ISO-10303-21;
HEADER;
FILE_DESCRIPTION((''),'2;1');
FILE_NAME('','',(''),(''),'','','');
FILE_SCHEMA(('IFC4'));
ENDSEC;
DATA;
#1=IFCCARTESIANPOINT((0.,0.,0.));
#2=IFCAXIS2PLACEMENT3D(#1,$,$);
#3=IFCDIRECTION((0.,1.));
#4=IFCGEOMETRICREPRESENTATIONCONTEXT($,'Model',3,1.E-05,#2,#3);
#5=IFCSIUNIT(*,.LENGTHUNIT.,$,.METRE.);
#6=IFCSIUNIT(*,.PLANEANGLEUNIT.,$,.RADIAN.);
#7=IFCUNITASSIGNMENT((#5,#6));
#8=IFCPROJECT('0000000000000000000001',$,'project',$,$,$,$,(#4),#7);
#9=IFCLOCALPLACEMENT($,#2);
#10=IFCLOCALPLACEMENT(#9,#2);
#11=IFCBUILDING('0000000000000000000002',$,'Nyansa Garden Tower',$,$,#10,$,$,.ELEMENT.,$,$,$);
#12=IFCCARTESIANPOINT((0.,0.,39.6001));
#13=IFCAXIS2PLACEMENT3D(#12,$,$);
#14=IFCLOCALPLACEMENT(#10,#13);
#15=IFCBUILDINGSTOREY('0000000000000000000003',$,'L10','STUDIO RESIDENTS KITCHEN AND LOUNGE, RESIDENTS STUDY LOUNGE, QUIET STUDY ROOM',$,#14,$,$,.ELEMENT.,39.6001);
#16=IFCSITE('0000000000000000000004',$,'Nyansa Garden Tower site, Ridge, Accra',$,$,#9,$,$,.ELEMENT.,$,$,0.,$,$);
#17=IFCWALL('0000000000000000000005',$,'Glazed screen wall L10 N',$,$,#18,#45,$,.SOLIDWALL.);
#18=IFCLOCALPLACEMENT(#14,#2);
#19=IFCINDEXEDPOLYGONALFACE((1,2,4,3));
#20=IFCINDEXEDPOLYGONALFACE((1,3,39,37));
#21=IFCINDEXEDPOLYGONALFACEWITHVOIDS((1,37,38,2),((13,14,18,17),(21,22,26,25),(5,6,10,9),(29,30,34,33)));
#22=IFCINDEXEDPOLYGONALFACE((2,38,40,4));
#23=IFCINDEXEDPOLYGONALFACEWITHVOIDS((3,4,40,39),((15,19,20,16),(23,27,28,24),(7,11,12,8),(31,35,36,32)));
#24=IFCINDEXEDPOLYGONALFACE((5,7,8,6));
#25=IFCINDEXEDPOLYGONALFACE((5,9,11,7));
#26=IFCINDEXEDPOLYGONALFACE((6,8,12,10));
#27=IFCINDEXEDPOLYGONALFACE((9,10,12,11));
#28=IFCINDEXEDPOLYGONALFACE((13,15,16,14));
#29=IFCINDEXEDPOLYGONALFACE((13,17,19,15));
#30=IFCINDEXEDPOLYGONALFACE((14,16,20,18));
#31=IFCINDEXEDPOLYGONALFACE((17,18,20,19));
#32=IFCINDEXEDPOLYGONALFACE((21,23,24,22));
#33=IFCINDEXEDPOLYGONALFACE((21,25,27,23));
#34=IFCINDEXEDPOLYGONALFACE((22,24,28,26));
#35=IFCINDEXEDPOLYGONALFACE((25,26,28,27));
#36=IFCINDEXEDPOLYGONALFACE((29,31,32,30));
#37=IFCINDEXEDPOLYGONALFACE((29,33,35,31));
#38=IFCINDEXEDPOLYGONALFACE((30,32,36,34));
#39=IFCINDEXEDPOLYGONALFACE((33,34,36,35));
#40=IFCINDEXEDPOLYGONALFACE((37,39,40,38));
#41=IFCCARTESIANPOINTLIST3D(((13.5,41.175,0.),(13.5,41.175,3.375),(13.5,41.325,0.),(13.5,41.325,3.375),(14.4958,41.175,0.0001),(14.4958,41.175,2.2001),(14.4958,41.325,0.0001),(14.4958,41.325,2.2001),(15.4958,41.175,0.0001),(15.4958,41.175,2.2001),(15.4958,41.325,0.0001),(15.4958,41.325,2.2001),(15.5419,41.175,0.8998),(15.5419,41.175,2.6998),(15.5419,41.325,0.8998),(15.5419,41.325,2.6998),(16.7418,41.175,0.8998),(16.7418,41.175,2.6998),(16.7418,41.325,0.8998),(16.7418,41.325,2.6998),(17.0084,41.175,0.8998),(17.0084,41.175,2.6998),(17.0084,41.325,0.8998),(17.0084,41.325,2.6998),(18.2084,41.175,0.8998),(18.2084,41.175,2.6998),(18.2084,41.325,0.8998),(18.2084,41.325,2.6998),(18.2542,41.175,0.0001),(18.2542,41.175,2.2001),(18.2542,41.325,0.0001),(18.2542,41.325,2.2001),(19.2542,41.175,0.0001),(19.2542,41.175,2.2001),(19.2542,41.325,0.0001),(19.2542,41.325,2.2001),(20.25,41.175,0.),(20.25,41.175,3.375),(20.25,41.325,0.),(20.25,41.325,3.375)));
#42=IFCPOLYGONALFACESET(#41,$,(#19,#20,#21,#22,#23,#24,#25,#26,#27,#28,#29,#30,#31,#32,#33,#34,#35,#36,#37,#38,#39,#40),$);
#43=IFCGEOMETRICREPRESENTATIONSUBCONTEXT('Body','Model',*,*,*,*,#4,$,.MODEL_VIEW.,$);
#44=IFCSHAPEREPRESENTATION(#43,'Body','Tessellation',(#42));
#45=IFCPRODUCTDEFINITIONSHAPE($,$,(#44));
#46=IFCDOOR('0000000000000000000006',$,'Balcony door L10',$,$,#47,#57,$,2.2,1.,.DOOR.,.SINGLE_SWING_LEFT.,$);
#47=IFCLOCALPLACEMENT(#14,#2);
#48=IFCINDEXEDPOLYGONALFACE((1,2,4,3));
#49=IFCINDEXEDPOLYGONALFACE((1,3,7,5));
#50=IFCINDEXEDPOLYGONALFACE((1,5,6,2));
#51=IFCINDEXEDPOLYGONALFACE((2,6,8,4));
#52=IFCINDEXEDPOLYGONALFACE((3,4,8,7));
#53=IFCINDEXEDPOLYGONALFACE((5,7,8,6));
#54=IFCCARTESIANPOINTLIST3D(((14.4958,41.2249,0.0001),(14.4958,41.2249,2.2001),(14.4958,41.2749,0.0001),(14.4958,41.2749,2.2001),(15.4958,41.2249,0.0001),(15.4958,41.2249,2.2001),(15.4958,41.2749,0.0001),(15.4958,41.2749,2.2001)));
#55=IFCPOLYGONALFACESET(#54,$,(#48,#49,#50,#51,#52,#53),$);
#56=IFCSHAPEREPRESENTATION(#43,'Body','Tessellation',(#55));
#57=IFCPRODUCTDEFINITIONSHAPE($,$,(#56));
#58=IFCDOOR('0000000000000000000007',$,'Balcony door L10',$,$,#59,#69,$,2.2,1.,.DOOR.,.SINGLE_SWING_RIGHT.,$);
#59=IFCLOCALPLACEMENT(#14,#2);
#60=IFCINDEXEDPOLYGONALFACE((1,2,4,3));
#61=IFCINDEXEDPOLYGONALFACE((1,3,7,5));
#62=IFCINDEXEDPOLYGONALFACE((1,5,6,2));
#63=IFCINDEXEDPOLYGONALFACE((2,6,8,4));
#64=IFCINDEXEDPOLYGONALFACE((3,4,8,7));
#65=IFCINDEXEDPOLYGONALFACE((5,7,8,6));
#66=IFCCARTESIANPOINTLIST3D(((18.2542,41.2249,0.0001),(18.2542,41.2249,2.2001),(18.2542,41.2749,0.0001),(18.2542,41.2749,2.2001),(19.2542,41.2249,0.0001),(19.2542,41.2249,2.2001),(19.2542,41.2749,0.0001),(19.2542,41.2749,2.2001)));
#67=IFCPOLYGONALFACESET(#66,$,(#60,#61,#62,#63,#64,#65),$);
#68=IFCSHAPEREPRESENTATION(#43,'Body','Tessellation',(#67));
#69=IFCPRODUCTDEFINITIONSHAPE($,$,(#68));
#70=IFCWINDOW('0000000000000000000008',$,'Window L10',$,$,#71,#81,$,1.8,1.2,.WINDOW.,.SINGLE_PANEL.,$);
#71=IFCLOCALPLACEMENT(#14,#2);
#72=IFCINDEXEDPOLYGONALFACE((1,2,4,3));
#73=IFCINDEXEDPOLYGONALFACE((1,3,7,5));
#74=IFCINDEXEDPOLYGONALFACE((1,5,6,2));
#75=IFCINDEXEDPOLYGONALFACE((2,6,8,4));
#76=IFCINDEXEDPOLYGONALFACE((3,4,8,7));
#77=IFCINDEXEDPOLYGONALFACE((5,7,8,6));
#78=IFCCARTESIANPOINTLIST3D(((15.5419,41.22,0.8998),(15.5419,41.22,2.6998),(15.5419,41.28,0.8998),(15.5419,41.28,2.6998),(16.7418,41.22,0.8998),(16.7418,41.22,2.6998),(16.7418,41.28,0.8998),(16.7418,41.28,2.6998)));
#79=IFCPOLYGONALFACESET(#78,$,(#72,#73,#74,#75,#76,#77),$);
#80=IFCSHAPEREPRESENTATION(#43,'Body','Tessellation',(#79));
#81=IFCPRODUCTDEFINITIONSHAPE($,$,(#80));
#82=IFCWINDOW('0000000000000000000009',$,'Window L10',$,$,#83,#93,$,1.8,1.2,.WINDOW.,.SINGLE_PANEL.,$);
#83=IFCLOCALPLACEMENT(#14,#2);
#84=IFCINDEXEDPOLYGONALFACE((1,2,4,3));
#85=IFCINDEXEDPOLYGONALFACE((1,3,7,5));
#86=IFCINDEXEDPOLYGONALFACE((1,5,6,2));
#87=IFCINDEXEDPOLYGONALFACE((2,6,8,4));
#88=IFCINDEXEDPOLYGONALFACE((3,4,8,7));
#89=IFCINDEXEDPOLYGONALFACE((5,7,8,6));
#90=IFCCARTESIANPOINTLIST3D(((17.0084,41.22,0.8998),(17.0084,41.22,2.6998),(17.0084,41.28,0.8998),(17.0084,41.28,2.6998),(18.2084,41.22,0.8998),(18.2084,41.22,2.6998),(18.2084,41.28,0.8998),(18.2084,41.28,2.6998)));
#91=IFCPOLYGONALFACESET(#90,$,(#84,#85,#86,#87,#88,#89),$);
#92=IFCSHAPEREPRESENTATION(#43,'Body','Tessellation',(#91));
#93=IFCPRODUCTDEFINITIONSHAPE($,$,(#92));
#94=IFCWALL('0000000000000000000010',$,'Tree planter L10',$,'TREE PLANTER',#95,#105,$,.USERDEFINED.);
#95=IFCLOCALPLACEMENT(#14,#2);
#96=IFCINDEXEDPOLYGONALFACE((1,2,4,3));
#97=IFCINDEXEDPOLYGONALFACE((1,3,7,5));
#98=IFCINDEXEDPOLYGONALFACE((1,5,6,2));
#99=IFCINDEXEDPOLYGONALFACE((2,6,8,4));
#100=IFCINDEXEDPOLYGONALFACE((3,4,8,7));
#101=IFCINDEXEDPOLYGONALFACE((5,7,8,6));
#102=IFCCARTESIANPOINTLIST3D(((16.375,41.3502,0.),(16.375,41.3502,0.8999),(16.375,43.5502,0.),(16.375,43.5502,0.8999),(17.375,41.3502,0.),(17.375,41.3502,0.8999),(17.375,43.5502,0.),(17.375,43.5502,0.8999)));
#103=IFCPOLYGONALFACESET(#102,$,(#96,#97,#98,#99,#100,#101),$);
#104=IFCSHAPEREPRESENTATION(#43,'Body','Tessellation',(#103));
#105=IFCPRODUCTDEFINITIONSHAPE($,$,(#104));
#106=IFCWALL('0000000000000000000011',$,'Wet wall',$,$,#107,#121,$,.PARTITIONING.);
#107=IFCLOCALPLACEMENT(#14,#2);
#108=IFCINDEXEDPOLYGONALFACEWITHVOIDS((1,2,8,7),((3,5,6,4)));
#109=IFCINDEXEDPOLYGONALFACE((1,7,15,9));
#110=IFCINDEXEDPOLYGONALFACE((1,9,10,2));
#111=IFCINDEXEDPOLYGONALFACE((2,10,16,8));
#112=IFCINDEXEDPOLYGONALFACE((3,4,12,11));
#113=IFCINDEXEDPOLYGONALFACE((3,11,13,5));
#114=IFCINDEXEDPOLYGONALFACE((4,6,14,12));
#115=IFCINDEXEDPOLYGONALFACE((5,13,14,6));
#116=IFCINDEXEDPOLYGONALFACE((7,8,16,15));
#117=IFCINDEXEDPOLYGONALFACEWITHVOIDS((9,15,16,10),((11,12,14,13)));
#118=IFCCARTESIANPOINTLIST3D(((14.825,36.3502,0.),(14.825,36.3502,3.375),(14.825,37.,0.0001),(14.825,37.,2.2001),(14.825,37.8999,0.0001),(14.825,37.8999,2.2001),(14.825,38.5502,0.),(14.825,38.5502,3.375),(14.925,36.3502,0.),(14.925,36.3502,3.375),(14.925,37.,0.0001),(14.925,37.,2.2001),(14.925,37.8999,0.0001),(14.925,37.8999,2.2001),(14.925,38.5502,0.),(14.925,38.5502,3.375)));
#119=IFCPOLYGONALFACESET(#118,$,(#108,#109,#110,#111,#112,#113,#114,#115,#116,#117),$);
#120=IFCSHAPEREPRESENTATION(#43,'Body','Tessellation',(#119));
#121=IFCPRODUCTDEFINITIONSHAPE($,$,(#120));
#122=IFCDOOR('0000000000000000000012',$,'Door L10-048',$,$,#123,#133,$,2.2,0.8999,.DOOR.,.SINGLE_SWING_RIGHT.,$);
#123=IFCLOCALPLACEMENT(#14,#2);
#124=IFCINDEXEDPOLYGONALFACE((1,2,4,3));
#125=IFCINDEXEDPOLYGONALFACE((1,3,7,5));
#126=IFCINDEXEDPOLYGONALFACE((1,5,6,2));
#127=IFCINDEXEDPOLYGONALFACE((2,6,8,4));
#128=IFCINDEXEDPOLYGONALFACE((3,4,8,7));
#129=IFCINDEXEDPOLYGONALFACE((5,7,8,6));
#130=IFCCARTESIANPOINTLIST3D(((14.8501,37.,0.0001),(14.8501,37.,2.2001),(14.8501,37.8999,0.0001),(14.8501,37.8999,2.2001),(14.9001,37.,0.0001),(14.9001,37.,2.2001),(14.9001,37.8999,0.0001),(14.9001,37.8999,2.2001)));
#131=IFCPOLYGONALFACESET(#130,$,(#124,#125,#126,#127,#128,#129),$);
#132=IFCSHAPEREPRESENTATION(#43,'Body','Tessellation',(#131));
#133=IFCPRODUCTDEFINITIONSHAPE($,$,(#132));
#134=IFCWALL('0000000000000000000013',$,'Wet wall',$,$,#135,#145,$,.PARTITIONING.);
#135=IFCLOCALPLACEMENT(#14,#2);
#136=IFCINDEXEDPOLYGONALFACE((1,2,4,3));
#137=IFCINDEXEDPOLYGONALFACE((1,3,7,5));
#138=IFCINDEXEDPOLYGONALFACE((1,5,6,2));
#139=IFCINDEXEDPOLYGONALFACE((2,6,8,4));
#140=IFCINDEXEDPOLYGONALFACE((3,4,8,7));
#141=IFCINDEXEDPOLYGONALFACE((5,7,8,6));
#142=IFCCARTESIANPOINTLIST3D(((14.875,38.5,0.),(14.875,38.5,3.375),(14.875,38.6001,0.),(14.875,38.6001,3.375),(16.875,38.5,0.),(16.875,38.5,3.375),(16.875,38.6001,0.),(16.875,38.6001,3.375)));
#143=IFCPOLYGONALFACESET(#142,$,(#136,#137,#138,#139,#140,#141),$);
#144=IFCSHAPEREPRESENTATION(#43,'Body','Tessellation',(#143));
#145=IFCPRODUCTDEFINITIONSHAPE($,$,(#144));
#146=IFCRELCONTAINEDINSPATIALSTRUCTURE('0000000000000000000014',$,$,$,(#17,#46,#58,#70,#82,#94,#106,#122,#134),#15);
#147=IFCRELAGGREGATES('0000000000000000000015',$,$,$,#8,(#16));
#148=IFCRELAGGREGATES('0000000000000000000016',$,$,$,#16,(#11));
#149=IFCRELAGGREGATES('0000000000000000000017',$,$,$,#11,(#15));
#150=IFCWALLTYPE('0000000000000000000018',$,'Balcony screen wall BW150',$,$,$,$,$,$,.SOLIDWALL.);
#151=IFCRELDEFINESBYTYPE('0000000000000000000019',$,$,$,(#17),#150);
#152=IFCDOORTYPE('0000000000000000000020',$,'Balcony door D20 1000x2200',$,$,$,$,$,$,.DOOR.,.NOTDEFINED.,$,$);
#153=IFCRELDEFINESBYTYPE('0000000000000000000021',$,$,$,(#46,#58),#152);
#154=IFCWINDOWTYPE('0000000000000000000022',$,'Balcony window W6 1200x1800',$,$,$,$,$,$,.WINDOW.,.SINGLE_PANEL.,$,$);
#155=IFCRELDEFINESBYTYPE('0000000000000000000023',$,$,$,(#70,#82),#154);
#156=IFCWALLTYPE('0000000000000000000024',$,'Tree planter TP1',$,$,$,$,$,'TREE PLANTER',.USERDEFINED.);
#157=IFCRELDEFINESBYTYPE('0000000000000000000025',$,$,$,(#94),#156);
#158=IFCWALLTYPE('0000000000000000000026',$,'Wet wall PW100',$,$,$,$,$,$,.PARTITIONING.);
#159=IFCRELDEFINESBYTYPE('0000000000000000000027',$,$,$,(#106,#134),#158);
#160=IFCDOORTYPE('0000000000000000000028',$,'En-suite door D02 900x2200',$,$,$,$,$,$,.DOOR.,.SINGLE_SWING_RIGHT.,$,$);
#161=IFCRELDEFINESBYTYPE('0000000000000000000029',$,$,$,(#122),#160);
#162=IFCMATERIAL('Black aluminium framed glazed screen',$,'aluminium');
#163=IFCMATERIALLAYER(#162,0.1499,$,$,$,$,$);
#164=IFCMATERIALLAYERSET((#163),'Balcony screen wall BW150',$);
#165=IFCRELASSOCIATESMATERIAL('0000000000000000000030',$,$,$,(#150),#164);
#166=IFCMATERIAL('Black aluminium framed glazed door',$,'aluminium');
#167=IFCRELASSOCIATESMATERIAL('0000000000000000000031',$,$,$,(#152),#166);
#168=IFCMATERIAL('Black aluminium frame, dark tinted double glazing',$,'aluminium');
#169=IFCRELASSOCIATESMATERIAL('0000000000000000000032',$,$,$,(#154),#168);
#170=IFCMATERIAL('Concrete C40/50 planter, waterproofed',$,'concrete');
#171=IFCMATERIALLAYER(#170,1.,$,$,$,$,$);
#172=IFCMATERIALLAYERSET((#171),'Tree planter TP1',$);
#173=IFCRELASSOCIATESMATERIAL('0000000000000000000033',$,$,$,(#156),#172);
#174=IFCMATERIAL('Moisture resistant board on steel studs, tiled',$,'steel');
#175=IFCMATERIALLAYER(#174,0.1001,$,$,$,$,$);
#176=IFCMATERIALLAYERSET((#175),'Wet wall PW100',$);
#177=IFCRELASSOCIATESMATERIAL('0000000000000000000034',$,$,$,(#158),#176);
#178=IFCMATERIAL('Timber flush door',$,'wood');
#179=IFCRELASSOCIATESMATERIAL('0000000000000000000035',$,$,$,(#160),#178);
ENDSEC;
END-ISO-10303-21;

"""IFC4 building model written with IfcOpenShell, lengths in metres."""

from ifc_helpers import new_model, si_unit, direction, frame, frame_2d, origin, place, context, subcontext, project, spatial, rectangle, extrude, material, layer, layer_set, type_object, element, fill, save


model = new_model("IFC4")

# Units and contexts
model_context = context("Model", 3, precision=1e-05, world=origin(), true_north=direction((0.0, 1.0)))
body_context = subcontext(model_context, "Body", "Model", "MODEL_VIEW")
ifc_project = project(units=[si_unit("LENGTHUNIT", "METRE"), si_unit("PLANEANGLEUNIT", "RADIAN")], contexts=[model_context])

# Site, building, storey
site_placement = place(None, origin())
site = spatial("IfcSite", under=ifc_project, at=site_placement, Name="Nyansa Garden Tower site, Ridge, Accra", CompositionType="ELEMENT", RefElevation=0.0)
building_placement = place(site_placement, origin())
building = spatial("IfcBuilding", under=site, at=building_placement, Name="Nyansa Garden Tower", CompositionType="ELEMENT")
storey_placement = place(building_placement, frame((0.0, 0.0, 39.6001)))
storey = spatial("IfcBuildingStorey", under=building, at=storey_placement, Name="L10", Description="STUDIO RESIDENTS KITCHEN AND LOUNGE, RESIDENTS STUDY LOUNGE, QUIET STUDY ROOM", CompositionType="ELEMENT", Elevation=39.6001)

# Wall, openings, doors, windows
ifc_material_1 = material(Name="Black aluminium framed glazed screen", Category="aluminium")
ifc_layer_1 = layer(ifc_material_1, 0.1499)
ifc_layer_set_1 = layer_set([ifc_layer_1], Name="Balcony screen wall BW150")
wall_type_1 = type_object("IfcWallType", Name="Balcony screen wall BW150", PredefinedType="SOLIDWALL", material=ifc_layer_set_1)
wall_1_placement = place(storey_placement, frame((13.5, 41.25, 0.0), z_axis=(0.0, 0.0, 1.0), x_axis=(1.0, 0.0, 0.0)))
wall_1 = element("IfcWall", 1, at=wall_1_placement, inside=storey, type_object=wall_type_1, Name="Glazed screen wall L10 N", PredefinedType="SOLIDWALL", context=body_context, shape_type="SweptSolid", body=[
    extrude(rectangle(XDim=6.75, YDim=0.1499, at=frame_2d((3.375, 0.0))), origin(), (0.0, 0.0, 1.0), 3.375),
])
opening_1_placement = place(wall_1_placement, frame((0.9958, 0.0, 0.0)))
opening_1 = element("IfcOpeningElement", 2, at=opening_1_placement, cuts=wall_1, PredefinedType="OPENING", context=body_context, shape_type="SweptSolid", body=[
    extrude(rectangle(XDim=1.0, YDim=2.2, at=frame_2d((0.5, 1.1001))), frame((0.0, 0.085, 0.0), z_axis=(0.0, -1.0, 0.0), x_axis=(1.0, 0.0, 0.0)), (0.0, 0.0, 1.0), 0.1699),
])
opening_2_placement = place(wall_1_placement, frame((2.0417, 0.0, 0.8999)))
opening_2 = element("IfcOpeningElement", 3, at=opening_2_placement, cuts=wall_1, PredefinedType="OPENING", context=body_context, shape_type="SweptSolid", body=[
    extrude(rectangle(XDim=1.2, YDim=1.8, at=frame_2d((0.6001, 0.8999))), frame((0.0, 0.085, 0.0), z_axis=(0.0, -1.0, 0.0), x_axis=(1.0, 0.0, 0.0)), (0.0, 0.0, 1.0), 0.1699),
])
opening_3_placement = place(wall_1_placement, frame((4.7542, 0.0, 0.0)))
opening_3 = element("IfcOpeningElement", 4, at=opening_3_placement, cuts=wall_1, PredefinedType="OPENING", context=body_context, shape_type="SweptSolid", body=[
    extrude(rectangle(XDim=1.0, YDim=2.2, at=frame_2d((0.5, 1.1001))), frame((0.0, 0.085, 0.0), z_axis=(0.0, -1.0, 0.0), x_axis=(1.0, 0.0, 0.0)), (0.0, 0.0, 1.0), 0.1699),
])
opening_4_placement = place(wall_1_placement, frame((3.5083, 0.0, 0.8999)))
opening_4 = element("IfcOpeningElement", 5, at=opening_4_placement, cuts=wall_1, PredefinedType="OPENING", context=body_context, shape_type="SweptSolid", body=[
    extrude(rectangle(XDim=1.2, YDim=1.8, at=frame_2d((0.6001, 0.8999))), frame((0.0, 0.085, 0.0), z_axis=(0.0, -1.0, 0.0), x_axis=(1.0, 0.0, 0.0)), (0.0, 0.0, 1.0), 0.1699),
])
ifc_material_2 = material(Name="Black aluminium framed glazed door", Category="aluminium")
door_type_1 = type_object("IfcDoorType", Name="Balcony door D20 1000x2200", OperationType="NOTDEFINED", PredefinedType="DOOR", material=ifc_material_2)
door_1_placement = place(opening_1_placement, origin())
door_1 = element("IfcDoor", 6, at=door_1_placement, inside=storey, type_object=door_type_1, Name="Balcony door L10", OperationType="SINGLE_SWING_LEFT", OverallHeight=2.2, OverallWidth=1.0, PredefinedType="DOOR", context=body_context, shape_type="SweptSolid", body=[
    extrude(rectangle(XDim=1.0, YDim=2.2, at=frame_2d((0.5, 1.1001))), frame((0.0, 0.0249, 0.0), z_axis=(0.0, -1.0, 0.0), x_axis=(1.0, 0.0, 0.0)), (0.0, 0.0, 1.0), 0.05),
])
fill(opening_1, door_1)
door_2_placement = place(opening_3_placement, origin())
door_2 = element("IfcDoor", 7, at=door_2_placement, inside=storey, type_object=door_type_1, Name="Balcony door L10", OperationType="SINGLE_SWING_RIGHT", OverallHeight=2.2, OverallWidth=1.0, PredefinedType="DOOR", context=body_context, shape_type="SweptSolid", body=[
    extrude(rectangle(XDim=1.0, YDim=2.2, at=frame_2d((0.5, 1.1001))), frame((0.0, 0.0249, 0.0), z_axis=(0.0, -1.0, 0.0), x_axis=(1.0, 0.0, 0.0)), (0.0, 0.0, 1.0), 0.05),
])
fill(opening_3, door_2)
ifc_material_3 = material(Name="Black aluminium frame, dark tinted double glazing", Category="aluminium")
window_type = type_object("IfcWindowType", Name="Balcony window W6 1200x1800", PartitioningType="SINGLE_PANEL", PredefinedType="WINDOW", material=ifc_material_3)
window_1_placement = place(opening_2_placement, origin())
window_1 = element("IfcWindow", 8, at=window_1_placement, inside=storey, type_object=window_type, Name="Window L10", OverallHeight=1.8, OverallWidth=1.2, PartitioningType="SINGLE_PANEL", PredefinedType="WINDOW", context=body_context, shape_type="SweptSolid", body=[
    extrude(rectangle(XDim=1.2, YDim=1.8, at=frame_2d((0.6001, 0.8999))), frame((0.0, 0.03, 0.0), z_axis=(0.0, -1.0, 0.0), x_axis=(1.0, 0.0, 0.0)), (0.0, 0.0, 1.0), 0.0601),
])
fill(opening_2, window_1)
window_2_placement = place(opening_4_placement, origin())
window_2 = element("IfcWindow", 9, at=window_2_placement, inside=storey, type_object=window_type, Name="Window L10", OverallHeight=1.8, OverallWidth=1.2, PartitioningType="SINGLE_PANEL", PredefinedType="WINDOW", context=body_context, shape_type="SweptSolid", body=[
    extrude(rectangle(XDim=1.2, YDim=1.8, at=frame_2d((0.6001, 0.8999))), frame((0.0, 0.03, 0.0), z_axis=(0.0, -1.0, 0.0), x_axis=(1.0, 0.0, 0.0)), (0.0, 0.0, 1.0), 0.0601),
])
fill(opening_4, window_2)

# Wall
ifc_material_4 = material(Name="Concrete C40/50 planter, waterproofed", Category="concrete")
ifc_layer_2 = layer(ifc_material_4, 1.0)
ifc_layer_set_2 = layer_set([ifc_layer_2], Name="Tree planter TP1")
wall_type_2 = type_object("IfcWallType", Name="Tree planter TP1", ElementType="TREE PLANTER", PredefinedType="USERDEFINED", material=ifc_layer_set_2)
wall_2_placement = place(storey_placement, frame((16.875, 41.3501, 0.0), z_axis=(0.0, 0.0, 1.0), x_axis=(0.0, 1.0, 0.0)))
element("IfcWall", 10, at=wall_2_placement, inside=storey, type_object=wall_type_2, Name="Tree planter L10", ObjectType="TREE PLANTER", PredefinedType="USERDEFINED", context=body_context, shape_type="SweptSolid", body=[
    extrude(rectangle(XDim=2.2, YDim=1.0, at=frame_2d((1.1001, 0.0))), origin(), (0.0, 0.0, 1.0), 0.8999),
])

# Wall, opening, door
ifc_material_5 = material(Name="Moisture resistant board on steel studs, tiled", Category="steel")
ifc_layer_3 = layer(ifc_material_5, 0.1001)
ifc_layer_set_3 = layer_set([ifc_layer_3], Name="Wet wall PW100")
wall_type_3 = type_object("IfcWallType", Name="Wet wall PW100", PredefinedType="PARTITIONING", material=ifc_layer_set_3)
wall_3_placement = place(storey_placement, frame((14.875, 36.3501, 0.0), z_axis=(0.0, 0.0, 1.0), x_axis=(0.0, 1.0, 0.0)))
wall_3 = element("IfcWall", 11, at=wall_3_placement, inside=storey, type_object=wall_type_3, Name="Wet wall", PredefinedType="PARTITIONING", context=body_context, shape_type="SweptSolid", body=[
    extrude(rectangle(XDim=2.2, YDim=0.1001, at=frame_2d((1.1001, 0.0))), origin(), (0.0, 0.0, 1.0), 3.375),
])
opening_5_placement = place(wall_3_placement, frame((0.6499, 0.0, 0.0)))
opening_5 = element("IfcOpeningElement", 12, at=opening_5_placement, cuts=wall_3, PredefinedType="OPENING", context=body_context, shape_type="SweptSolid", body=[
    extrude(rectangle(XDim=0.8999, YDim=2.2, at=frame_2d((0.45, 1.1001))), frame((0.0, 0.0601, 0.0), z_axis=(0.0, -1.0, 0.0), x_axis=(1.0, 0.0, 0.0)), (0.0, 0.0, 1.0), 0.1201),
])
ifc_material_6 = material(Name="Timber flush door", Category="wood")
door_type_2 = type_object("IfcDoorType", Name="En-suite door D02 900x2200", OperationType="SINGLE_SWING_RIGHT", PredefinedType="DOOR", material=ifc_material_6)
door_3_placement = place(opening_5_placement, origin())
door_3 = element("IfcDoor", 13, at=door_3_placement, inside=storey, type_object=door_type_2, Name="Door L10-048", OperationType="SINGLE_SWING_RIGHT", OverallHeight=2.2, OverallWidth=0.8999, PredefinedType="DOOR", context=body_context, shape_type="SweptSolid", body=[
    extrude(rectangle(XDim=0.8999, YDim=2.2, at=frame_2d((0.45, 1.1001))), frame((0.0, 0.0249, 0.0), z_axis=(0.0, -1.0, 0.0), x_axis=(1.0, 0.0, 0.0)), (0.0, 0.0, 1.0), 0.05),
])
fill(opening_5, door_3)

# Wall
wall_4_placement = place(storey_placement, frame((14.875, 38.55, 0.0), z_axis=(0.0, 0.0, 1.0), x_axis=(1.0, 0.0, 0.0)))
element("IfcWall", 14, at=wall_4_placement, inside=storey, type_object=wall_type_3, Name="Wet wall", PredefinedType="PARTITIONING", context=body_context, shape_type="SweptSolid", body=[
    extrude(rectangle(XDim=2.0, YDim=0.1001, at=frame_2d((1.0, 0.0))), origin(), (0.0, 0.0, 1.0), 3.375),
])

save(model, "model.ifc")
